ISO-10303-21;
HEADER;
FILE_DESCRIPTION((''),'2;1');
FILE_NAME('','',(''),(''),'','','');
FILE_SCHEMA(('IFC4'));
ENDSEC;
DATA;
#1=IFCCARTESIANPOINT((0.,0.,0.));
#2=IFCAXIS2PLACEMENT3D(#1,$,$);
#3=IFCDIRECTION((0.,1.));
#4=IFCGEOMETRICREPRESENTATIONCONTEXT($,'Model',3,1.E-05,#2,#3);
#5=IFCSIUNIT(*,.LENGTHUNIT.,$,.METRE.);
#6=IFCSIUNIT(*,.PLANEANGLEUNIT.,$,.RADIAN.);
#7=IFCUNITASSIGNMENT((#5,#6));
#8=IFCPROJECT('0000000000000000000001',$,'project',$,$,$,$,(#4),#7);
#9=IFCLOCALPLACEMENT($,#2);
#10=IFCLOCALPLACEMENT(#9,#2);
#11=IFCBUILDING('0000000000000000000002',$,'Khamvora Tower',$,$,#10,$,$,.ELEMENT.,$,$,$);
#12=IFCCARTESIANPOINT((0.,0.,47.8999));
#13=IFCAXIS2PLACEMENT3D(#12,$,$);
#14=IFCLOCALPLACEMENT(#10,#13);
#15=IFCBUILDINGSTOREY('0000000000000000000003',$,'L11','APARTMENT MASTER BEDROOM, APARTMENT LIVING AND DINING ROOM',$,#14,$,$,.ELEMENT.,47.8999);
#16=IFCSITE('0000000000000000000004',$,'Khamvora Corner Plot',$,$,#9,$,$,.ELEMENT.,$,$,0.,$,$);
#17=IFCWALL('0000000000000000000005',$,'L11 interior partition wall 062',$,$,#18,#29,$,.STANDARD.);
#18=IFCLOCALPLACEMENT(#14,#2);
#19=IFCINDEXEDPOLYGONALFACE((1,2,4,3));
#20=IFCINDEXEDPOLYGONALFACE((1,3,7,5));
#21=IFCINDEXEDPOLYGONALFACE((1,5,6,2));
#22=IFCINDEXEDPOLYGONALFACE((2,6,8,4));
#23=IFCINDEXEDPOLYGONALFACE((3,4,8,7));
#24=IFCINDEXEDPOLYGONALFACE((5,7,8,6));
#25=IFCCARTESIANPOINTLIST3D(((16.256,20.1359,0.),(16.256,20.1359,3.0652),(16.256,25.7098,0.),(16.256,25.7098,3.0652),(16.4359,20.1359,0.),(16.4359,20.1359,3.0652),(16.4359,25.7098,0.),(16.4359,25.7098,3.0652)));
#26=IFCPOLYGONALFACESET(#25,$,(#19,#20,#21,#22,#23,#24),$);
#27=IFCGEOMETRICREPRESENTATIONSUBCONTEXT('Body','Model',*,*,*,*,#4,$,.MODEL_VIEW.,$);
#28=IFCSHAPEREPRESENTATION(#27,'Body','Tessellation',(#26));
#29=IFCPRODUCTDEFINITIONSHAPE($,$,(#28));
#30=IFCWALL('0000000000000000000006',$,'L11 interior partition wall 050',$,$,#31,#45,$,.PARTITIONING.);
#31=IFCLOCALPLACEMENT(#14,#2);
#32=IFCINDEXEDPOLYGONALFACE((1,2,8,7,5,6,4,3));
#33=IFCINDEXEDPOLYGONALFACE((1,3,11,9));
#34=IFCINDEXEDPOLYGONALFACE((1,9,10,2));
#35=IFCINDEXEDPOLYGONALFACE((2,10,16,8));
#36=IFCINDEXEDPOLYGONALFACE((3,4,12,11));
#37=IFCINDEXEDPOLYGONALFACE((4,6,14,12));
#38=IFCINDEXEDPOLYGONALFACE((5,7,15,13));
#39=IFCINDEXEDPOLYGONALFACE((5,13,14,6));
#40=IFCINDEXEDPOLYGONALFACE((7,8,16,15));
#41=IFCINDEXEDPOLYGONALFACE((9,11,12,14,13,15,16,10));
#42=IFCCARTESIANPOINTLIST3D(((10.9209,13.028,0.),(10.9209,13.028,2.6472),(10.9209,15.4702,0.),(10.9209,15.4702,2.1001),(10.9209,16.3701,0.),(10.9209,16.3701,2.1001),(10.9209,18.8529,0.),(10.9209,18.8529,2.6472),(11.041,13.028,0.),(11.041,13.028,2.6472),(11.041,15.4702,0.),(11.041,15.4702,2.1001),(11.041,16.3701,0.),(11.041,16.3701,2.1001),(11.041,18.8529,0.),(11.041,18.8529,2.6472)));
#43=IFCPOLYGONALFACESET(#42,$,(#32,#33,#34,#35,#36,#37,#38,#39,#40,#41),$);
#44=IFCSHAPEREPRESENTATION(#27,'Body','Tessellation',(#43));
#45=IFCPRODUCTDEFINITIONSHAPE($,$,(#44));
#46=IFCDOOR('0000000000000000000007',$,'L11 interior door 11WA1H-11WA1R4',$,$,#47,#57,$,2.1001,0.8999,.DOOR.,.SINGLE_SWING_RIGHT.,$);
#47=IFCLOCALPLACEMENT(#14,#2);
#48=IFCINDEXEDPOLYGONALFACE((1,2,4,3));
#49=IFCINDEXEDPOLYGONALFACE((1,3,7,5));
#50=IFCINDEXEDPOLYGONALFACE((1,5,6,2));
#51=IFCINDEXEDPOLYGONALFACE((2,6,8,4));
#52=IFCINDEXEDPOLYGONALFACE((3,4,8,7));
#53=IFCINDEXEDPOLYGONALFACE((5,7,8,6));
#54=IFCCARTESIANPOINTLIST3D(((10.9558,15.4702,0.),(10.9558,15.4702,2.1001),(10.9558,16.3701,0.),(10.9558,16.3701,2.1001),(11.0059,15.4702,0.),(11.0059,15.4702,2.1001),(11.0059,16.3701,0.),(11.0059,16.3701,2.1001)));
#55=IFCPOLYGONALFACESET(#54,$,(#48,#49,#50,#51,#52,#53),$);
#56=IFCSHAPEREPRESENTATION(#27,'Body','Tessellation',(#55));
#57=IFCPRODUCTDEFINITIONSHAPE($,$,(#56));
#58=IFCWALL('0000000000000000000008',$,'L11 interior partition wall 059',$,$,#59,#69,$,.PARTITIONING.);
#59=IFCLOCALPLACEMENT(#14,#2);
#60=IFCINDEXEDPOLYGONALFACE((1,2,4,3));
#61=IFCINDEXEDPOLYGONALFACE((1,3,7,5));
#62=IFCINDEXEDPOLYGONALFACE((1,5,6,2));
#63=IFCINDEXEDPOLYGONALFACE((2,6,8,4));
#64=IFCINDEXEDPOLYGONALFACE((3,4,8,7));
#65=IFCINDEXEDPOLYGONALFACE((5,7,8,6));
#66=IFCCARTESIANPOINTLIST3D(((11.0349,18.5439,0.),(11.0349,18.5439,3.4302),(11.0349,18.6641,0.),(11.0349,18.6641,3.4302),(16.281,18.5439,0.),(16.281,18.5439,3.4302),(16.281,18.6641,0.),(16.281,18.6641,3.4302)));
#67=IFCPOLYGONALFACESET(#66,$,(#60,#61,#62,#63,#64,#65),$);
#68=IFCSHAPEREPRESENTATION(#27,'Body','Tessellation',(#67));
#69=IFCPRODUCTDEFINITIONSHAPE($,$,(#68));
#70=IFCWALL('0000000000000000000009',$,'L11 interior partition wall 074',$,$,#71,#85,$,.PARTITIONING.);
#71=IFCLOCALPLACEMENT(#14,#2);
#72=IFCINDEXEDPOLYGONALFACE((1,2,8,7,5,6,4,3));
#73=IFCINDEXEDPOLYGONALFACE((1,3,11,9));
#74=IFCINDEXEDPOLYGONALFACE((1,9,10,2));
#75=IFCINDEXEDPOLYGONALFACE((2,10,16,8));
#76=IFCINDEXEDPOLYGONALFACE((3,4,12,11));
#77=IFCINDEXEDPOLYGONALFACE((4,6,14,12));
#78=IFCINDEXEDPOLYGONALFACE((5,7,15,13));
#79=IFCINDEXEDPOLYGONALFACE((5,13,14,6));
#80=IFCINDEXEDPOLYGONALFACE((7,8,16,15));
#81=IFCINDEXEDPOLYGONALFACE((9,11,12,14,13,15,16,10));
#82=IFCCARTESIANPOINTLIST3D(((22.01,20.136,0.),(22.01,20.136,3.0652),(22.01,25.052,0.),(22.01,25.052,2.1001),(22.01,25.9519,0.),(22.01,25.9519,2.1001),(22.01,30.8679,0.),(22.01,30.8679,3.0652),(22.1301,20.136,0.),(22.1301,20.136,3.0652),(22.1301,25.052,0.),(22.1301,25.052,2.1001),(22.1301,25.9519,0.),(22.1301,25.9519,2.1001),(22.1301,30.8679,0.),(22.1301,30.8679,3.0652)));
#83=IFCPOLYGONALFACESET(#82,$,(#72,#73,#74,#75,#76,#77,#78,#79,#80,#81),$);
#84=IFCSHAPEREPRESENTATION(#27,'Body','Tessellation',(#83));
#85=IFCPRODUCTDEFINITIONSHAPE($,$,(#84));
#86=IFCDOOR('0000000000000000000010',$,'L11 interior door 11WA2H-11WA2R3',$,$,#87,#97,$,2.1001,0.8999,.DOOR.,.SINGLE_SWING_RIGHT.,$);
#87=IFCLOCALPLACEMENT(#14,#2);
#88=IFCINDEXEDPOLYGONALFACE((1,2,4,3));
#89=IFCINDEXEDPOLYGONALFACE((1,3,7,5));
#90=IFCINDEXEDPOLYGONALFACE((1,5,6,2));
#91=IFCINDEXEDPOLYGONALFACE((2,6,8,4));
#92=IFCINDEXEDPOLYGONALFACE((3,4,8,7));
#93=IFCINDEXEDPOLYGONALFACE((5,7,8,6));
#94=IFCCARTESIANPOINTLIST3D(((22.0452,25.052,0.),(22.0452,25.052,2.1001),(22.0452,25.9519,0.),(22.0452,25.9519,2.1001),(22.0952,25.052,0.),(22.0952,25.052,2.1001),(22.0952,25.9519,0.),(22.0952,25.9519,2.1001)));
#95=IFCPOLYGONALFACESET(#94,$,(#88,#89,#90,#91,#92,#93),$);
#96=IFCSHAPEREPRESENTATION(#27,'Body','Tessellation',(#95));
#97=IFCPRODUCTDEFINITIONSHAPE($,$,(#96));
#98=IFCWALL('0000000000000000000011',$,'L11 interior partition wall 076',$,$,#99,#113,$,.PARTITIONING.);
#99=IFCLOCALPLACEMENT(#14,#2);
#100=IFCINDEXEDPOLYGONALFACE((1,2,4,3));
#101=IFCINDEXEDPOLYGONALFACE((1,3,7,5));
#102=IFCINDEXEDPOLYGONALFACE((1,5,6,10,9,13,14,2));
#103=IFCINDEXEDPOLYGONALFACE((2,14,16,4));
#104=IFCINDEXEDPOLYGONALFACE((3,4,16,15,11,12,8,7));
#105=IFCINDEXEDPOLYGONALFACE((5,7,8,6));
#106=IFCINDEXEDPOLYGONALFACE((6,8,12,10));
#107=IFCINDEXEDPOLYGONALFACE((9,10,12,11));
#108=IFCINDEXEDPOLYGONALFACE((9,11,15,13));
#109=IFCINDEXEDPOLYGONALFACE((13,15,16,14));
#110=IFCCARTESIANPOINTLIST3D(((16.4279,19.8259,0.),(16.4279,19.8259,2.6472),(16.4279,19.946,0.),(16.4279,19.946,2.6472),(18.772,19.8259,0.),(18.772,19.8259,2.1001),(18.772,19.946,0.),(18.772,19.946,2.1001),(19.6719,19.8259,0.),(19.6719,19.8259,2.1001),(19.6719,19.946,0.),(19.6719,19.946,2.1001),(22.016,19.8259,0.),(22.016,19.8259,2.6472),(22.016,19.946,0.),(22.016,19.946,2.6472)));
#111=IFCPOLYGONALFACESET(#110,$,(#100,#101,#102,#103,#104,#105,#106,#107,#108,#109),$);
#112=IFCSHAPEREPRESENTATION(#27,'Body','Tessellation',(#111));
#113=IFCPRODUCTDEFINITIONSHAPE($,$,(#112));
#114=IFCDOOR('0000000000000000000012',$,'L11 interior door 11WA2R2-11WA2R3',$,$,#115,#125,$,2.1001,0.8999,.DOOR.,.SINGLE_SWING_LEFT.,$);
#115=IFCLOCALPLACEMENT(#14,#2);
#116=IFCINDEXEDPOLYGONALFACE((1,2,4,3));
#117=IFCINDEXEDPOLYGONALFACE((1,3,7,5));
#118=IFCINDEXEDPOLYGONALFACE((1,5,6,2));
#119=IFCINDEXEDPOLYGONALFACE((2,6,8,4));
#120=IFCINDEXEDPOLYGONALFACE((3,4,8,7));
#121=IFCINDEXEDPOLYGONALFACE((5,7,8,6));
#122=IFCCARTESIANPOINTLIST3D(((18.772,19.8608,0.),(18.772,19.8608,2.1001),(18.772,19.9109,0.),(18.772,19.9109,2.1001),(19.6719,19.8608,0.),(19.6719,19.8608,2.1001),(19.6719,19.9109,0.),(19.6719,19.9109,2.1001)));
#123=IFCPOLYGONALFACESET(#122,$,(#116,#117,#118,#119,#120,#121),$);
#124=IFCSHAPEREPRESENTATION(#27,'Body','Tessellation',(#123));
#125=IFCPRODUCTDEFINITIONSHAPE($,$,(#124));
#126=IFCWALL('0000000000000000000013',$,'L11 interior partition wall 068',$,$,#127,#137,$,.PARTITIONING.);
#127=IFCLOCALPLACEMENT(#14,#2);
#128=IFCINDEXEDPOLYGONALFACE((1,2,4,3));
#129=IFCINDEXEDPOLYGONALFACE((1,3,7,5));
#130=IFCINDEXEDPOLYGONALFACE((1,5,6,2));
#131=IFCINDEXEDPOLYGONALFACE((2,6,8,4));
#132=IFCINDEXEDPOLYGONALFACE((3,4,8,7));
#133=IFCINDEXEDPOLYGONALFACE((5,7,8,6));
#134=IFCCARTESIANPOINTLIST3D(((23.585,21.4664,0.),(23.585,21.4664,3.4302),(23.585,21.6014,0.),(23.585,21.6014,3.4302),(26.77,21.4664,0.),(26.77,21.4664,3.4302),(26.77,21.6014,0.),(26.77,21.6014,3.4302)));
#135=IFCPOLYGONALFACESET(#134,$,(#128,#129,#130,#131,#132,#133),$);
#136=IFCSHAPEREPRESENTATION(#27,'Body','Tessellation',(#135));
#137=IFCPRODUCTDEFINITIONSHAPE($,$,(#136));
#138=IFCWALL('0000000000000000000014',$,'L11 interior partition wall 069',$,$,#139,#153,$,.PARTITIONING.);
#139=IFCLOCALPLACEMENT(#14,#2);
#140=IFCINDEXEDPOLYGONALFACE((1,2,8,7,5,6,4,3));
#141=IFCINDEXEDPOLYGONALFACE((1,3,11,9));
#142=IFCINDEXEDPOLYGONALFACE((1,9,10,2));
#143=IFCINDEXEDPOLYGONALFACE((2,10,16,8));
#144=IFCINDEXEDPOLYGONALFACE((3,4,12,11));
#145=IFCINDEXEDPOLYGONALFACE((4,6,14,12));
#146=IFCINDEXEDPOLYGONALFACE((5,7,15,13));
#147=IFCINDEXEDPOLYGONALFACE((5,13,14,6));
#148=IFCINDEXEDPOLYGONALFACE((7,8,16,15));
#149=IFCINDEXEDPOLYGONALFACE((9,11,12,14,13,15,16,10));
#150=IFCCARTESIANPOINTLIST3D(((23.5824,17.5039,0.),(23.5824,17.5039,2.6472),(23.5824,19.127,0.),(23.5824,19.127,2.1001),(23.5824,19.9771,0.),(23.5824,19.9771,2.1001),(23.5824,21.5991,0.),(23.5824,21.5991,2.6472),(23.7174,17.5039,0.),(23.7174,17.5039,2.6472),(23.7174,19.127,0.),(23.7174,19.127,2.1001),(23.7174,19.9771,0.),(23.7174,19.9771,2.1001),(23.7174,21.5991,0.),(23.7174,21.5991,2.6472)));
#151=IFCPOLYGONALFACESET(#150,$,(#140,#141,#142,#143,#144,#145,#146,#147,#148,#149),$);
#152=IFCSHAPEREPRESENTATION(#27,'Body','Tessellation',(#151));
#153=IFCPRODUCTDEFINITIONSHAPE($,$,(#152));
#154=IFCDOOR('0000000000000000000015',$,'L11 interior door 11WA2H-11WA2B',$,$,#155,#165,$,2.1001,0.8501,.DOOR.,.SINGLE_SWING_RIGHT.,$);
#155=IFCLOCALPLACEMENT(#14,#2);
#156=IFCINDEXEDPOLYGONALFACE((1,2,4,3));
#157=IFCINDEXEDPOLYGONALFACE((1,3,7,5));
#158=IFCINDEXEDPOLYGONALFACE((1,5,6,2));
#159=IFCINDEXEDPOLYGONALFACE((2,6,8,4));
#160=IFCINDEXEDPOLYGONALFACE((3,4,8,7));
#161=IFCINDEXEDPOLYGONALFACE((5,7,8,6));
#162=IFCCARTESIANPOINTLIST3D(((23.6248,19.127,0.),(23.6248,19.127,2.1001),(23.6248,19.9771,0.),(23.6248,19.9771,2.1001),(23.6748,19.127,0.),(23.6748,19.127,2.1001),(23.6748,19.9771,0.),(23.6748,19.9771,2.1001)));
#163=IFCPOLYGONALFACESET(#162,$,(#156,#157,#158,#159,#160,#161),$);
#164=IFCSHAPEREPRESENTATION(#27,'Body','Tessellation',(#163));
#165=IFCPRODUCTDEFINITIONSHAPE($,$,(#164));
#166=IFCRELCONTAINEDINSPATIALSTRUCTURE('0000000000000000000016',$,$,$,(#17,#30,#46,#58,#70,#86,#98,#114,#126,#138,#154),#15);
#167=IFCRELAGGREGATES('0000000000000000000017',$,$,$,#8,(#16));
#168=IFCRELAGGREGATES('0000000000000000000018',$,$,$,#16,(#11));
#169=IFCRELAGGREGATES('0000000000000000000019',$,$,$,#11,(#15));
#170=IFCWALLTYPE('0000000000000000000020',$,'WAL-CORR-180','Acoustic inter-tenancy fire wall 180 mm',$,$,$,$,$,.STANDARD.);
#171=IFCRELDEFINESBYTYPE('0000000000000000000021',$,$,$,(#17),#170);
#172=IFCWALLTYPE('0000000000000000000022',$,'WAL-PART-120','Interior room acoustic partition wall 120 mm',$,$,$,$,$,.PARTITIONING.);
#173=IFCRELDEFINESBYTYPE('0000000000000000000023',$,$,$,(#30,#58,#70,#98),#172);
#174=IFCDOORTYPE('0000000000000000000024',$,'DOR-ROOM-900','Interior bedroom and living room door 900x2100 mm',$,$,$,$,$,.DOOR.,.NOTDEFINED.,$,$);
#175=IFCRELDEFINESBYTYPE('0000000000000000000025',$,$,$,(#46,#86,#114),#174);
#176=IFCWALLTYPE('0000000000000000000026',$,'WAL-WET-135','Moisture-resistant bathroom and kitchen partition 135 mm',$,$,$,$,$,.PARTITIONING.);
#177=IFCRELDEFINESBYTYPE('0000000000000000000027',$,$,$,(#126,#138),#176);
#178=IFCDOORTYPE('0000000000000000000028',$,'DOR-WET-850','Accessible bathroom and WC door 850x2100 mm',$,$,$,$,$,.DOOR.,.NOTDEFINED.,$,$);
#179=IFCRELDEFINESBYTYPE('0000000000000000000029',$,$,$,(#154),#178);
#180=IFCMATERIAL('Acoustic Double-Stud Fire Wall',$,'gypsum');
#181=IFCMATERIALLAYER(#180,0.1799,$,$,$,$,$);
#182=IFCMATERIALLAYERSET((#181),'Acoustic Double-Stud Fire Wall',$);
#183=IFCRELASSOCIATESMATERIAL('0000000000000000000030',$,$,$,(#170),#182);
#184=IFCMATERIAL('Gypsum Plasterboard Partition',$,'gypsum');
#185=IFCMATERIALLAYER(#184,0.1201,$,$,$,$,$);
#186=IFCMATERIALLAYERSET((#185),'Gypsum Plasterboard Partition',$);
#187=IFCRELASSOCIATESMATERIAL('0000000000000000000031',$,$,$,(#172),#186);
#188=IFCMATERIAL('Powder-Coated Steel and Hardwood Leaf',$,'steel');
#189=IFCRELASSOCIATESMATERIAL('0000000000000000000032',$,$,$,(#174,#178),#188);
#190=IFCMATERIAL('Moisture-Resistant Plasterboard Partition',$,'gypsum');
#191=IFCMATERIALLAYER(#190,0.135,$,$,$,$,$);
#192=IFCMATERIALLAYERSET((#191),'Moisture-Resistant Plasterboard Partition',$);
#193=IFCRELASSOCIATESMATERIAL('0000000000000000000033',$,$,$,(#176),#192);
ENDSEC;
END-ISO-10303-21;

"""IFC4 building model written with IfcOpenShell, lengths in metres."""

from ifc_helpers import new_model, si_unit, direction, frame, frame_2d, origin, place, context, subcontext, project, spatial, rectangle, extrude, material, layer, layer_set, type_object, element, fill, save


model = new_model("IFC4")

# Units and contexts
model_context = context("Model", 3, precision=1e-05, world=origin(), true_north=direction((0.0, 1.0)))
body_context = subcontext(model_context, "Body", "Model", "MODEL_VIEW")
ifc_project = project(units=[si_unit("LENGTHUNIT", "METRE"), si_unit("PLANEANGLEUNIT", "RADIAN")], contexts=[model_context])

# Site, building, storey
site_placement = place(None, origin())
site = spatial("IfcSite", under=ifc_project, at=site_placement, Name="Khamvora Corner Plot", CompositionType="ELEMENT", RefElevation=0.0)
building_placement = place(site_placement, origin())
building = spatial("IfcBuilding", under=site, at=building_placement, Name="Khamvora Tower", CompositionType="ELEMENT")
storey_placement = place(building_placement, frame((0.0, 0.0, 47.8999)))
storey = spatial("IfcBuildingStorey", under=building, at=storey_placement, Name="L11", Description="APARTMENT MASTER BEDROOM, APARTMENT LIVING AND DINING ROOM", CompositionType="ELEMENT", Elevation=47.8999)

# Shared definitions
ifc_material_1 = material(Name="Powder-Coated Steel and Hardwood Leaf", Category="steel")

# Wall
ifc_material_2 = material(Name="Acoustic Double-Stud Fire Wall", Category="gypsum")
ifc_layer_1 = layer(ifc_material_2, 0.1799)
ifc_layer_set_1 = layer_set([ifc_layer_1], Name="Acoustic Double-Stud Fire Wall")
wall_type_1 = type_object("IfcWallType", Name="WAL-CORR-180", Description="Acoustic inter-tenancy fire wall 180 mm", PredefinedType="STANDARD", material=ifc_layer_set_1)
wall_1_placement = place(storey_placement, frame((16.3459, 25.71, 0.0), z_axis=(0.0, 0.0, 1.0), x_axis=(0.0, -1.0, 0.0)))
element("IfcWall", 1, at=wall_1_placement, inside=storey, type_object=wall_type_1, Name="L11 interior partition wall 062", PredefinedType="STANDARD", context=body_context, shape_type="SweptSolid", body=[
    extrude(rectangle(XDim=5.574, YDim=0.1799, at=frame_2d((2.7871, 0.0))), origin(), (0.0, 0.0, 1.0), 3.0652),
])

# Wall, opening, door
ifc_material_3 = material(Name="Gypsum Plasterboard Partition", Category="gypsum")
ifc_layer_2 = layer(ifc_material_3, 0.1201)
ifc_layer_set_2 = layer_set([ifc_layer_2], Name="Gypsum Plasterboard Partition")
wall_type_2 = type_object("IfcWallType", Name="WAL-PART-120", Description="Interior room acoustic partition wall 120 mm", PredefinedType="PARTITIONING", material=ifc_layer_set_2)
wall_2_placement = place(storey_placement, frame((10.981, 18.853, 0.0), z_axis=(0.0, 0.0, 1.0), x_axis=(0.0, -1.0, 0.0)))
wall_2 = element("IfcWall", 2, at=wall_2_placement, inside=storey, type_object=wall_type_2, Name="L11 interior partition wall 050", PredefinedType="PARTITIONING", context=body_context, shape_type="SweptSolid", body=[
    extrude(rectangle(XDim=5.825, YDim=0.1201, at=frame_2d((2.9126, 0.0))), origin(), (0.0, 0.0, 1.0), 2.6472),
])
opening_1_placement = place(wall_2_placement, frame((2.4829, 0.0, 0.0)))
opening_1 = element("IfcOpeningElement", 3, at=opening_1_placement, cuts=wall_2, PredefinedType="OPENING", context=body_context, shape_type="SweptSolid", body=[
    extrude(rectangle(XDim=0.8999, YDim=2.1001, at=frame_2d((0.45, 1.05))), frame((0.0, 0.0701, 0.0), z_axis=(0.0, -1.0, 0.0), x_axis=(1.0, 0.0, 0.0)), (0.0, 0.0, 1.0), 0.1401),
])
door_type_1 = type_object("IfcDoorType", Name="DOR-ROOM-900", Description="Interior bedroom and living room door 900x2100 mm", OperationType="NOTDEFINED", PredefinedType="DOOR", material=ifc_material_1)
door_1_placement = place(opening_1_placement, origin())
door_1 = element("IfcDoor", 4, at=door_1_placement, inside=storey, type_object=door_type_1, Name="L11 interior door 11WA1H-11WA1R4", OperationType="SINGLE_SWING_RIGHT", OverallHeight=2.1001, OverallWidth=0.8999, PredefinedType="DOOR", context=body_context, shape_type="SweptSolid", body=[
    extrude(rectangle(XDim=0.8999, YDim=2.1001, at=frame_2d((0.45, 1.05))), frame((0.0, 0.0249, 0.0), z_axis=(0.0, -1.0, 0.0), x_axis=(1.0, 0.0, 0.0)), (0.0, 0.0, 1.0), 0.05),
])
fill(opening_1, door_1)

# Wall
wall_3_placement = place(storey_placement, frame((11.0349, 18.604, 0.0), z_axis=(0.0, 0.0, 1.0), x_axis=(1.0, 0.0, 0.0)))
element("IfcWall", 5, at=wall_3_placement, inside=storey, type_object=wall_type_2, Name="L11 interior partition wall 059", PredefinedType="PARTITIONING", context=body_context, shape_type="SweptSolid", body=[
    extrude(rectangle(XDim=5.2461, YDim=0.1201, at=frame_2d((2.623, 0.0))), origin(), (0.0, 0.0, 1.0), 3.4302),
])

# Walls, openings, doors
wall_4_placement = place(storey_placement, frame((22.0701, 20.136, 0.0), z_axis=(0.0, 0.0, 1.0), x_axis=(0.0, 1.0, 0.0)))
wall_4 = element("IfcWall", 6, at=wall_4_placement, inside=storey, type_object=wall_type_2, Name="L11 interior partition wall 074", PredefinedType="PARTITIONING", context=body_context, shape_type="SweptSolid", body=[
    extrude(rectangle(XDim=10.7319, YDim=0.1201, at=frame_2d((5.366, 0.0))), origin(), (0.0, 0.0, 1.0), 3.0652),
])
opening_2_placement = place(wall_4_placement, frame((4.916, 0.0, 0.0)))
opening_2 = element("IfcOpeningElement", 7, at=opening_2_placement, cuts=wall_4, PredefinedType="OPENING", context=body_context, shape_type="SweptSolid", body=[
    extrude(rectangle(XDim=0.8999, YDim=2.1001, at=frame_2d((0.45, 1.05))), frame((0.0, 0.0701, 0.0), z_axis=(0.0, -1.0, 0.0), x_axis=(1.0, 0.0, 0.0)), (0.0, 0.0, 1.0), 0.1401),
])
door_2_placement = place(opening_2_placement, origin())
door_2 = element("IfcDoor", 8, at=door_2_placement, inside=storey, type_object=door_type_1, Name="L11 interior door 11WA2H-11WA2R3", OperationType="SINGLE_SWING_RIGHT", OverallHeight=2.1001, OverallWidth=0.8999, PredefinedType="DOOR", context=body_context, shape_type="SweptSolid", body=[
    extrude(rectangle(XDim=0.8999, YDim=2.1001, at=frame_2d((0.45, 1.05))), frame((0.0, 0.0249, 0.0), z_axis=(0.0, -1.0, 0.0), x_axis=(1.0, 0.0, 0.0)), (0.0, 0.0, 1.0), 0.05),
])
fill(opening_2, door_2)
wall_5_placement = place(storey_placement, frame((16.428, 19.886, 0.0), z_axis=(0.0, 0.0, 1.0), x_axis=(1.0, 0.0, 0.0)))
wall_5 = element("IfcWall", 9, at=wall_5_placement, inside=storey, type_object=wall_type_2, Name="L11 interior partition wall 076", PredefinedType="PARTITIONING", context=body_context, shape_type="SweptSolid", body=[
    extrude(rectangle(XDim=5.5881, YDim=0.1201, at=frame_2d((2.7939, 0.0))), origin(), (0.0, 0.0, 1.0), 2.6472),
])
opening_3_placement = place(wall_5_placement, frame((2.344, 0.0, 0.0)))
opening_3 = element("IfcOpeningElement", 10, at=opening_3_placement, cuts=wall_5, PredefinedType="OPENING", context=body_context, shape_type="SweptSolid", body=[
    extrude(rectangle(XDim=0.8999, YDim=2.1001, at=frame_2d((0.45, 1.05))), frame((0.0, 0.0701, 0.0), z_axis=(0.0, -1.0, 0.0), x_axis=(1.0, 0.0, 0.0)), (0.0, 0.0, 1.0), 0.1401),
])
door_3_placement = place(opening_3_placement, origin())
door_3 = element("IfcDoor", 11, at=door_3_placement, inside=storey, type_object=door_type_1, Name="L11 interior door 11WA2R2-11WA2R3", OperationType="SINGLE_SWING_LEFT", OverallHeight=2.1001, OverallWidth=0.8999, PredefinedType="DOOR", context=body_context, shape_type="SweptSolid", body=[
    extrude(rectangle(XDim=0.8999, YDim=2.1001, at=frame_2d((0.45, 1.05))), frame((0.0, 0.0249, 0.0), z_axis=(0.0, -1.0, 0.0), x_axis=(1.0, 0.0, 0.0)), (0.0, 0.0, 1.0), 0.05),
])
fill(opening_3, door_3)

# Wall
ifc_material_4 = material(Name="Moisture-Resistant Plasterboard Partition", Category="gypsum")
ifc_layer_3 = layer(ifc_material_4, 0.135)
ifc_layer_set_3 = layer_set([ifc_layer_3], Name="Moisture-Resistant Plasterboard Partition")
wall_type_3 = type_object("IfcWallType", Name="WAL-WET-135", Description="Moisture-resistant bathroom and kitchen partition 135 mm", PredefinedType="PARTITIONING", material=ifc_layer_set_3)
wall_6_placement = place(storey_placement, frame((26.77, 21.5339, 0.0), z_axis=(0.0, 0.0, 1.0), x_axis=(-1.0, 0.0, 0.0)))
element("IfcWall", 12, at=wall_6_placement, inside=storey, type_object=wall_type_3, Name="L11 interior partition wall 068", PredefinedType="PARTITIONING", context=body_context, shape_type="SweptSolid", body=[
    extrude(rectangle(XDim=3.1851, YDim=0.135, at=frame_2d((1.5925, 0.0))), origin(), (0.0, 0.0, 1.0), 3.4302),
])

# Wall, opening, door
wall_7_placement = place(storey_placement, frame((23.6499, 21.5991, 0.0), z_axis=(0.0, 0.0, 1.0), x_axis=(0.0, -1.0, 0.0)))
wall_7 = element("IfcWall", 13, at=wall_7_placement, inside=storey, type_object=wall_type_3, Name="L11 interior partition wall 069", PredefinedType="PARTITIONING", context=body_context, shape_type="SweptSolid", body=[
    extrude(rectangle(XDim=4.0952, YDim=0.135, at=frame_2d((2.0476, 0.0))), origin(), (0.0, 0.0, 1.0), 2.6472),
])
opening_4_placement = place(wall_7_placement, frame((1.6221, 0.0, 0.0)))
opening_4 = element("IfcOpeningElement", 14, at=opening_4_placement, cuts=wall_7, PredefinedType="OPENING", context=body_context, shape_type="SweptSolid", body=[
    extrude(rectangle(XDim=0.8501, YDim=2.1001, at=frame_2d((0.425, 1.05))), frame((0.0, 0.0774, 0.0), z_axis=(0.0, -1.0, 0.0), x_axis=(1.0, 0.0, 0.0)), (0.0, 0.0, 1.0), 0.155),
])
door_type_2 = type_object("IfcDoorType", Name="DOR-WET-850", Description="Accessible bathroom and WC door 850x2100 mm", OperationType="NOTDEFINED", PredefinedType="DOOR", material=ifc_material_1)
door_4_placement = place(opening_4_placement, origin())
door_4 = element("IfcDoor", 15, at=door_4_placement, inside=storey, type_object=door_type_2, Name="L11 interior door 11WA2H-11WA2B", OperationType="SINGLE_SWING_RIGHT", OverallHeight=2.1001, OverallWidth=0.8501, PredefinedType="DOOR", context=body_context, shape_type="SweptSolid", body=[
    extrude(rectangle(XDim=0.8501, YDim=2.1001, at=frame_2d((0.425, 1.05))), frame((0.0, 0.0249, 0.0), z_axis=(0.0, -1.0, 0.0), x_axis=(1.0, 0.0, 0.0)), (0.0, 0.0, 1.0), 0.05),
])
fill(opening_4, door_4)

save(model, "model.ifc")
